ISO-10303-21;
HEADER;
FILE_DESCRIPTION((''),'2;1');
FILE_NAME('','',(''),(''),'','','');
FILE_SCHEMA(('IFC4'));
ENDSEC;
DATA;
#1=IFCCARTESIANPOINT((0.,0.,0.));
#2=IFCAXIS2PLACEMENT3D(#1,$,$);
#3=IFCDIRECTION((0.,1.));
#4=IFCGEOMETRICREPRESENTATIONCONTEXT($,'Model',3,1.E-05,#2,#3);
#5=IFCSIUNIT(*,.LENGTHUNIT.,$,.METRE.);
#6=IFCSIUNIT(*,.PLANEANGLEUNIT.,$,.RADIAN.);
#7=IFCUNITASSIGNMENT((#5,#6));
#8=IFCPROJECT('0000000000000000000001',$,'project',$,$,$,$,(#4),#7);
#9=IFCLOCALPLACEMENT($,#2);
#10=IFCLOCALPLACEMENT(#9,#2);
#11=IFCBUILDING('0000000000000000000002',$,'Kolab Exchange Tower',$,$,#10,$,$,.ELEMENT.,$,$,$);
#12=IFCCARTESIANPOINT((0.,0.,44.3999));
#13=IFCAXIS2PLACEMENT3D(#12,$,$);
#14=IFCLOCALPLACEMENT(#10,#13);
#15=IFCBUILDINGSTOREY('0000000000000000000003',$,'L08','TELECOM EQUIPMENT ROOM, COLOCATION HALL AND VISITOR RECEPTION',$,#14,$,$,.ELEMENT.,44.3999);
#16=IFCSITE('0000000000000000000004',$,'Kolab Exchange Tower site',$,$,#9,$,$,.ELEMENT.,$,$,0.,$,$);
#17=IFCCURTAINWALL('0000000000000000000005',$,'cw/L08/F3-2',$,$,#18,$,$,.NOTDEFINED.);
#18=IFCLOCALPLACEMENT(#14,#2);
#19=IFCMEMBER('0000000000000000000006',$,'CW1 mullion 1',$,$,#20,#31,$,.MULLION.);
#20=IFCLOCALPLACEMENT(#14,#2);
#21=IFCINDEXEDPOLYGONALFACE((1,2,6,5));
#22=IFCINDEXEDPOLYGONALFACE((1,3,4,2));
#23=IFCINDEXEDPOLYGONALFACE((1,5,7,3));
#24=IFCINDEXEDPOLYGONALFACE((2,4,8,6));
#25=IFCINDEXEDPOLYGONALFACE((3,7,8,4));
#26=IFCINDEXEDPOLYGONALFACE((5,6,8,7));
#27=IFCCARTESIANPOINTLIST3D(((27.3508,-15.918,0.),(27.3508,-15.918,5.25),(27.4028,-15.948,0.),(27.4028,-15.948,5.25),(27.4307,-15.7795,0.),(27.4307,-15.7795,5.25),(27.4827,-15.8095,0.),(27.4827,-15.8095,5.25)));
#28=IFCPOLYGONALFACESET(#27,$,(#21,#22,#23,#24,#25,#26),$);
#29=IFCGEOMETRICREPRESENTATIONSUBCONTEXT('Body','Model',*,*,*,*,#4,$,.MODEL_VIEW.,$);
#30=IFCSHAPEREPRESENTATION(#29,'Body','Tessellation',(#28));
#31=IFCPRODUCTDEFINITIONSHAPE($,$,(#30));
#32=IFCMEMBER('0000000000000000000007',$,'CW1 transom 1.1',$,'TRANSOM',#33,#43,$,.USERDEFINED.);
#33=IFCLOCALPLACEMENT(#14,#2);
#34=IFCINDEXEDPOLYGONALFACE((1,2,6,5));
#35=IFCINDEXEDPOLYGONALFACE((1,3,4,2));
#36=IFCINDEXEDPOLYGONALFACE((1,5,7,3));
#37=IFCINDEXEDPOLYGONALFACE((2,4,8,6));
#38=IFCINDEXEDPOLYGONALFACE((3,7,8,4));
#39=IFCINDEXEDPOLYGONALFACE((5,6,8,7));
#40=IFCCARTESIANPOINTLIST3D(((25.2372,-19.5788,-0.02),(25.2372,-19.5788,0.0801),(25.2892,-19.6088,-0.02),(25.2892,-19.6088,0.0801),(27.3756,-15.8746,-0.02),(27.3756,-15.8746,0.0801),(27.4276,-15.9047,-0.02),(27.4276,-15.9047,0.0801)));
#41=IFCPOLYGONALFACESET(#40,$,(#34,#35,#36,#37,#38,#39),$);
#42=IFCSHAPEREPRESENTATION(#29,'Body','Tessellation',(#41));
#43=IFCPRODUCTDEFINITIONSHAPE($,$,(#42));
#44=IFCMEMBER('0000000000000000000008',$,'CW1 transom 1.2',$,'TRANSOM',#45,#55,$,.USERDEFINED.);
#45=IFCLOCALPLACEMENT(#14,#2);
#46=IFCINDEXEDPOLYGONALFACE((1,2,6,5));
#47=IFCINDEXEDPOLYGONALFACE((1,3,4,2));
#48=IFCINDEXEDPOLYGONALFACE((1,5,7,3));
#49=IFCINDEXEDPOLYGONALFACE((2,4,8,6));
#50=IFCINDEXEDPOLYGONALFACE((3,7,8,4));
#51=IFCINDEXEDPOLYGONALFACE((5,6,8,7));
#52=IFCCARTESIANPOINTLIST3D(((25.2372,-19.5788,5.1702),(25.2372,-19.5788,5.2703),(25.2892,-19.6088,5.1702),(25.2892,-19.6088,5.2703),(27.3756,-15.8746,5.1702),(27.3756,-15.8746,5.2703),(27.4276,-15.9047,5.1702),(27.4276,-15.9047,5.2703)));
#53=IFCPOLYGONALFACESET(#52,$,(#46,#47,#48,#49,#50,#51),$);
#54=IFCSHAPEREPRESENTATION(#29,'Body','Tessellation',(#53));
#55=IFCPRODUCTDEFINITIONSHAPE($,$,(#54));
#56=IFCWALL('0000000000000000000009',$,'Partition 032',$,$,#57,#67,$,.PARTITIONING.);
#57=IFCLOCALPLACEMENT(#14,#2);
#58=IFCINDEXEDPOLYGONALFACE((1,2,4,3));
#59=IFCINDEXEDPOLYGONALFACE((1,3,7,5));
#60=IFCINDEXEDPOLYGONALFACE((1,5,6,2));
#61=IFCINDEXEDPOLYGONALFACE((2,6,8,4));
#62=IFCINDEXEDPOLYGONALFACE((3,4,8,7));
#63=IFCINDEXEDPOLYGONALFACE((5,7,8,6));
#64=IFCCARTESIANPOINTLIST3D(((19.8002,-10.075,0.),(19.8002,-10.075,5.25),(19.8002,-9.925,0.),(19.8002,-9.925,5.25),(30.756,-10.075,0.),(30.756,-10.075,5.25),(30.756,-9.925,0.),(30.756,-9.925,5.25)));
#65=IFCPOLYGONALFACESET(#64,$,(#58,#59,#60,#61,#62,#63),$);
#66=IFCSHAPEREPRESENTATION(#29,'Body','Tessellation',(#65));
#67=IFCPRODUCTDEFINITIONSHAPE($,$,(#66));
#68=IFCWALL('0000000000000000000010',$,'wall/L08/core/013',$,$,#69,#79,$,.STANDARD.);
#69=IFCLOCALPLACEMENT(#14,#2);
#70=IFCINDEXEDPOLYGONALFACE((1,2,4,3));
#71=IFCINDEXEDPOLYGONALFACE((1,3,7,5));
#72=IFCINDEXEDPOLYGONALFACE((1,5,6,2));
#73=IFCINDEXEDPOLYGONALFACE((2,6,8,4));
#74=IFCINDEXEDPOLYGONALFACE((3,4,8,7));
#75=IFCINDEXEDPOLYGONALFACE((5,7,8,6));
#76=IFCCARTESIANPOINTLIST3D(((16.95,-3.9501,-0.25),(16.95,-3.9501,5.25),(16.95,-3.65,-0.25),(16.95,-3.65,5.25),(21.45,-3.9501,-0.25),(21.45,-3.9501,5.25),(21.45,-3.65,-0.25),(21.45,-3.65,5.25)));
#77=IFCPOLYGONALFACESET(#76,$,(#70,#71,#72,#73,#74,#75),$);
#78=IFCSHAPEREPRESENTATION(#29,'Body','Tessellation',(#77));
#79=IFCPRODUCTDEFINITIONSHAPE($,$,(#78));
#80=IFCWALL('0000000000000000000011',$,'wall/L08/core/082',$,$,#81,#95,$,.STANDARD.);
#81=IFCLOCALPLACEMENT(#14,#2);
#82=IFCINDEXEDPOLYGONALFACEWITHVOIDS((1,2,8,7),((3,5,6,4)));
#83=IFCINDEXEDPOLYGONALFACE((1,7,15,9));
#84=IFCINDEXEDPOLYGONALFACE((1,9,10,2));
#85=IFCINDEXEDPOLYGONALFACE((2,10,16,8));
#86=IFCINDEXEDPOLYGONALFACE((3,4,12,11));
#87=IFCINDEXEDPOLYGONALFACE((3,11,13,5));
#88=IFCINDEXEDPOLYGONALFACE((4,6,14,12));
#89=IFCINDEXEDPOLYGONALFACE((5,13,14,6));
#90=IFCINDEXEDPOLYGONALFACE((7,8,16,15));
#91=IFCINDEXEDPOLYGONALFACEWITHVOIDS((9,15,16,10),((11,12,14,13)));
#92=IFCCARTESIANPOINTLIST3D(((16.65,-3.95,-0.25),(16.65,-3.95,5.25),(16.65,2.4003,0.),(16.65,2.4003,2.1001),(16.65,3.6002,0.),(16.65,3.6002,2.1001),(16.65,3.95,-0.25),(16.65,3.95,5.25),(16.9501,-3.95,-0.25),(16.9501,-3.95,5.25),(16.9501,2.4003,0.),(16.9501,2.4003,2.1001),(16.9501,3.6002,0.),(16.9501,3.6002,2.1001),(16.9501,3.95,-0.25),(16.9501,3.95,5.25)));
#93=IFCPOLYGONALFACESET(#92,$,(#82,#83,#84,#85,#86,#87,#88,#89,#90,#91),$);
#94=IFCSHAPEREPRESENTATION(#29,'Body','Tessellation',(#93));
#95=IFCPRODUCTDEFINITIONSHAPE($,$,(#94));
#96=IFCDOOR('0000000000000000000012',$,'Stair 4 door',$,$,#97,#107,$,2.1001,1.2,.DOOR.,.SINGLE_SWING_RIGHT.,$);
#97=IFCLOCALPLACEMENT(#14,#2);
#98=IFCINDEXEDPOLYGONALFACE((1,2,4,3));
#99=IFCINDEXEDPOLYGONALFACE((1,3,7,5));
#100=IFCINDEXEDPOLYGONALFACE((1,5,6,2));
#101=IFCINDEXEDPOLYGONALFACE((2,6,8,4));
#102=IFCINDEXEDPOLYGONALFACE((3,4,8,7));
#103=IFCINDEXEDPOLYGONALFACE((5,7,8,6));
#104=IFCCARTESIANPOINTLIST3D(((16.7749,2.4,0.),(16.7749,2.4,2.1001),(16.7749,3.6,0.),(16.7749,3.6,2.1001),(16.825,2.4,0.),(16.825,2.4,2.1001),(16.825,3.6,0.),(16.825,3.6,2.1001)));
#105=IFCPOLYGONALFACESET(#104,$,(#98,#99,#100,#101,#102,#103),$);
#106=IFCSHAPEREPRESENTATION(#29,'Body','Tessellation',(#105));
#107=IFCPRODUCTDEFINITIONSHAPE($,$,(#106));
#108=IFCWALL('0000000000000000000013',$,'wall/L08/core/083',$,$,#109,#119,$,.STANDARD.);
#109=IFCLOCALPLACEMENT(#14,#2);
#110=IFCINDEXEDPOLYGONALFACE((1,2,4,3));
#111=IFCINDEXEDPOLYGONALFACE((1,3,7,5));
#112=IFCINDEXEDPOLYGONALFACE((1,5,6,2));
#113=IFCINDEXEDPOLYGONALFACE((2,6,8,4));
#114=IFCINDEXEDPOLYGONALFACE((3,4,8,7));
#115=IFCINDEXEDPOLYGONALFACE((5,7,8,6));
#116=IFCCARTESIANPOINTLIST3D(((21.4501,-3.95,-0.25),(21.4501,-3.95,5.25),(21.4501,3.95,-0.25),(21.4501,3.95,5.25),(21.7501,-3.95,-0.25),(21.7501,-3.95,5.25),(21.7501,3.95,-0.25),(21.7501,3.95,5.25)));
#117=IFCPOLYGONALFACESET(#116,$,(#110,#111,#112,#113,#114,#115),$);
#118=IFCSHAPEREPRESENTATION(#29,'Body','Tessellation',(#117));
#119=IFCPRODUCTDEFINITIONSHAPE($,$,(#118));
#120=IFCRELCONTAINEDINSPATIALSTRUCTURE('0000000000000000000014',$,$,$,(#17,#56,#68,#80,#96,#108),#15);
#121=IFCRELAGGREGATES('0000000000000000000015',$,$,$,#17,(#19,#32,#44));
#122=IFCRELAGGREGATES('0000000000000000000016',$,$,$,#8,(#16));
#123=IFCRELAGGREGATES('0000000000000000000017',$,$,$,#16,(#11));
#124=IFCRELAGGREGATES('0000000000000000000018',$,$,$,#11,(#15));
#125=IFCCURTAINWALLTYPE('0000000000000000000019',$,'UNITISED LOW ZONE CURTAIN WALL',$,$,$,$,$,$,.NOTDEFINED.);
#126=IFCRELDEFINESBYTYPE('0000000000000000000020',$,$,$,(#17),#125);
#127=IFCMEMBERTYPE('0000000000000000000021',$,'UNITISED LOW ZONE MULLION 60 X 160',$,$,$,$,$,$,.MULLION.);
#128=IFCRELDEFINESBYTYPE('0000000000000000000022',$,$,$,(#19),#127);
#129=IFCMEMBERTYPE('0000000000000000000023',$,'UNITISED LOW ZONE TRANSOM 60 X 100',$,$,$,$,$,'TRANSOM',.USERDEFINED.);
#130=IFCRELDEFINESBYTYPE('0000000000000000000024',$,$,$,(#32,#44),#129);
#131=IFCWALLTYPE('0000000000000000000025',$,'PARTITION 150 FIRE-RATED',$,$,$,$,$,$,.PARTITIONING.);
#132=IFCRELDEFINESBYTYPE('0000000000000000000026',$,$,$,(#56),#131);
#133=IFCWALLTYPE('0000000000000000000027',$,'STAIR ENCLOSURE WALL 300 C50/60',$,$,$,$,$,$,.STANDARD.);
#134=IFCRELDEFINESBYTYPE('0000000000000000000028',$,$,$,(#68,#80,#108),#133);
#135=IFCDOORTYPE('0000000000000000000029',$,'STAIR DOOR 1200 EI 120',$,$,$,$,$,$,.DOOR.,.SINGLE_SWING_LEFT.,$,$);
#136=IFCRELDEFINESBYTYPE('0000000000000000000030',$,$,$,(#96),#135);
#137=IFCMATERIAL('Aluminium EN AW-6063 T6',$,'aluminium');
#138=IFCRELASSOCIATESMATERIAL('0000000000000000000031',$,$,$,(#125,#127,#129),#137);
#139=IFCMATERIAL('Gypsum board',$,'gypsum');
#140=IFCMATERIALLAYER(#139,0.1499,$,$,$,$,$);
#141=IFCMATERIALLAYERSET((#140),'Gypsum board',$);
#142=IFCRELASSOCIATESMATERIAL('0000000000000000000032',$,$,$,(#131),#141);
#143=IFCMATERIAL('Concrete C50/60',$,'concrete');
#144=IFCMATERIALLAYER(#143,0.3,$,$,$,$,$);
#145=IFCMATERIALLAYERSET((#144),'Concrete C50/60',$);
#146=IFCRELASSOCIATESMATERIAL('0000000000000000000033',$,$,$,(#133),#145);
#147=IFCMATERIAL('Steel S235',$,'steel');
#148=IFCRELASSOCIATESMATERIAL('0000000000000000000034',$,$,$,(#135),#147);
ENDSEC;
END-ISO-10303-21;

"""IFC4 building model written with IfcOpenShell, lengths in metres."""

from ifc_helpers import new_model, si_unit, direction, frame, frame_2d, origin, origin_2d, place, context, subcontext, project, spatial, rectangle, extrude, material, layer, layer_set, material_profile, profile_set, type_object, element, fill, aggregate, save


model = new_model("IFC4")

# Units and contexts
model_context = context("Model", 3, precision=1e-05, world=origin(), true_north=direction((0.0, 1.0)))
body_context = subcontext(model_context, "Body", "Model", "MODEL_VIEW")
ifc_project = project(units=[si_unit("LENGTHUNIT", "METRE"), si_unit("PLANEANGLEUNIT", "RADIAN")], contexts=[model_context])

# Site, building, storey
site_placement = place(None, origin())
site = spatial("IfcSite", under=ifc_project, at=site_placement, Name="Kolab Exchange Tower site", CompositionType="ELEMENT", RefElevation=0.0)
building_placement = place(site_placement, origin())
building = spatial("IfcBuilding", under=site, at=building_placement, Name="Kolab Exchange Tower", CompositionType="ELEMENT")
storey_placement = place(building_placement, frame((0.0, 0.0, 44.3999)))
storey = spatial("IfcBuildingStorey", under=building, at=storey_placement, Name="L08", Description="TELECOM EQUIPMENT ROOM, COLOCATION HALL AND VISITOR RECEPTION", CompositionType="ELEMENT", Elevation=44.3999)

# Shared definitions
ifc_material_1 = material(Name="Aluminium EN AW-6063 T6", Category="aluminium")
curtain_wall_type = type_object("IfcCurtainWallType", Name="UNITISED LOW ZONE CURTAIN WALL", PredefinedType="NOTDEFINED", material=ifc_material_1)
ifc_material_profile_1 = material_profile(ifc_material_1, rectangle(XDim=0.0601, YDim=0.1599, at=origin_2d()), Name="RECT 60X160")
ifc_profile_set_1 = profile_set([ifc_material_profile_1], Name="Aluminium EN AW-6063 T6")
member_type_1 = type_object("IfcMemberType", Name="UNITISED LOW ZONE MULLION 60 X 160", PredefinedType="MULLION", material=ifc_profile_set_1)

# Curtain wall, members
curtain_wall_1_placement = place(storey_placement, origin())
curtain_wall_1 = element("IfcCurtainWall", 1, at=curtain_wall_1_placement, inside=storey, type_object=curtain_wall_type, Name="cw/L08/F3-2", PredefinedType="NOTDEFINED")
member_1_placement = place(storey_placement, frame((27.4167, -15.8638, 0.0), z_axis=(0.0, 0.0, 1.0), x_axis=(0.866025, -0.5, 0.0)))
member_1 = element("IfcMember", 2, at=member_1_placement, type_object=member_type_1, Name="CW1 mullion 1", PredefinedType="MULLION", context=body_context, shape_type="SweptSolid", body=[
    extrude(rectangle(XDim=0.0601, YDim=0.1599, at=origin_2d()), origin(), (0.0, 0.0, 1.0), 5.25),
])
ifc_material_profile_2 = material_profile(ifc_material_1, rectangle(XDim=0.0601, YDim=0.1001, at=origin_2d()), Name="RECT 60X100")
ifc_profile_set_2 = profile_set([ifc_material_profile_2], Name="Aluminium EN AW-6063 T6")
member_type_2 = type_object("IfcMemberType", Name="UNITISED LOW ZONE TRANSOM 60 X 100", ElementType="TRANSOM", PredefinedType="USERDEFINED", material=ifc_profile_set_2)
member_2_placement = place(storey_placement, frame((27.4016, -15.8896, 0.03), z_axis=(-0.499976, -0.866039, 0.0), x_axis=(0.866039, -0.499976, 0.0)))
member_2 = element("IfcMember", 3, at=member_2_placement, type_object=member_type_2, Name="CW1 transom 1.1", ObjectType="TRANSOM", PredefinedType="USERDEFINED", context=body_context, shape_type="SweptSolid", body=[
    extrude(rectangle(XDim=0.0601, YDim=0.1001, at=origin_2d()), origin(), (0.0, 0.0, 1.0), 4.2771),
])
member_3_placement = place(storey_placement, frame((27.4016, -15.8896, 5.2202), z_axis=(-0.499976, -0.866039, 0.0), x_axis=(0.866039, -0.499976, 0.0)))
member_3 = element("IfcMember", 4, at=member_3_placement, type_object=member_type_2, Name="CW1 transom 1.2", ObjectType="TRANSOM", PredefinedType="USERDEFINED", context=body_context, shape_type="SweptSolid", body=[
    extrude(rectangle(XDim=0.0601, YDim=0.1001, at=origin_2d()), origin(), (0.0, 0.0, 1.0), 4.2771),
])
aggregate(curtain_wall_1, [member_1, member_2, member_3])

# Walls
ifc_material_2 = material(Name="Gypsum board", Category="gypsum")
ifc_layer_1 = layer(ifc_material_2, 0.1499)
ifc_layer_set_1 = layer_set([ifc_layer_1], Name="Gypsum board")
wall_type_1 = type_object("IfcWallType", Name="PARTITION 150 FIRE-RATED", PredefinedType="PARTITIONING", material=ifc_layer_set_1)
wall_1_placement = place(storey_placement, frame((19.8, -10.0, 0.0), z_axis=(0.0, 0.0, 1.0), x_axis=(1.0, 0.0, 0.0)))
element("IfcWall", 5, at=wall_1_placement, inside=storey, type_object=wall_type_1, Name="Partition 032", PredefinedType="PARTITIONING", context=body_context, shape_type="SweptSolid", body=[
    extrude(rectangle(XDim=10.9558, YDim=0.1499, at=frame_2d((5.478, 0.0))), origin(), (0.0, 0.0, 1.0), 5.25),
])
ifc_material_3 = material(Name="Concrete C50/60", Category="concrete")
ifc_layer_2 = layer(ifc_material_3, 0.3)
ifc_layer_set_2 = layer_set([ifc_layer_2], Name="Concrete C50/60")
wall_type_2 = type_object("IfcWallType", Name="STAIR ENCLOSURE WALL 300 C50/60", PredefinedType="STANDARD", material=ifc_layer_set_2)
wall_2_placement = place(storey_placement, frame((16.95, -3.8, -0.25), z_axis=(0.0, 0.0, 1.0), x_axis=(1.0, 0.0, 0.0)))
element("IfcWall", 6, at=wall_2_placement, inside=storey, type_object=wall_type_2, Name="wall/L08/core/013", PredefinedType="STANDARD", context=body_context, shape_type="SweptSolid", body=[
    extrude(rectangle(XDim=4.5, YDim=0.3, at=frame_2d((2.25, 0.0))), origin(), (0.0, 0.0, 1.0), 5.5),
])

# Wall, opening, door
wall_3_placement = place(storey_placement, frame((16.8, -3.95, -0.25), z_axis=(0.0, 0.0, 1.0), x_axis=(0.0, 1.0, 0.0)))
wall_3 = element("IfcWall", 7, at=wall_3_placement, inside=storey, type_object=wall_type_2, Name="wall/L08/core/082", PredefinedType="STANDARD", context=body_context, shape_type="SweptSolid", body=[
    extrude(rectangle(XDim=7.8999, YDim=0.3, at=frame_2d((3.95, 0.0))), origin(), (0.0, 0.0, 1.0), 5.5),
])
opening_1_placement = place(wall_3_placement, frame((6.3501, 0.0, 0.25)))
opening_1 = element("IfcOpeningElement", 8, at=opening_1_placement, cuts=wall_3, PredefinedType="OPENING", context=body_context, shape_type="SweptSolid", body=[
    extrude(rectangle(XDim=1.2, YDim=2.1001, at=frame_2d((0.6001, 1.05))), frame((0.0, 0.1602, 0.0), z_axis=(0.0, -1.0, 0.0), x_axis=(1.0, 0.0, 0.0)), (0.0, 0.0, 1.0), 0.3201),
])
ifc_material_4 = material(Name="Steel S235", Category="steel")
door_type_1 = type_object("IfcDoorType", Name="STAIR DOOR 1200 EI 120", OperationType="SINGLE_SWING_LEFT", PredefinedType="DOOR", material=ifc_material_4)
door_1_placement = place(opening_1_placement, frame((1.2, 0.0, 0.0), z_axis=(0.0, 0.0, 1.0), x_axis=(-1.0, 0.0, 0.0)))
door_1 = element("IfcDoor", 9, at=door_1_placement, inside=storey, type_object=door_type_1, Name="Stair 4 door", OperationType="SINGLE_SWING_RIGHT", OverallHeight=2.1001, OverallWidth=1.2, PredefinedType="DOOR", context=body_context, shape_type="SweptSolid", body=[
    extrude(rectangle(XDim=1.2, YDim=2.1001, at=frame_2d((0.6001, 1.05))), frame((0.0, 0.0249, 0.0), z_axis=(0.0, -1.0, 0.0), x_axis=(1.0, 0.0, 0.0)), (0.0, 0.0, 1.0), 0.05),
])
fill(opening_1, door_1)

# Wall
wall_4_placement = place(storey_placement, frame((21.6001, -3.95, -0.25), z_axis=(0.0, 0.0, 1.0), x_axis=(0.0, 1.0, 0.0)))
element("IfcWall", 10, at=wall_4_placement, inside=storey, type_object=wall_type_2, Name="wall/L08/core/083", PredefinedType="STANDARD", context=body_context, shape_type="SweptSolid", body=[
    extrude(rectangle(XDim=7.8999, YDim=0.3, at=frame_2d((3.95, 0.0))), origin(), (0.0, 0.0, 1.0), 5.5),
])

save(model, "model.ifc")
